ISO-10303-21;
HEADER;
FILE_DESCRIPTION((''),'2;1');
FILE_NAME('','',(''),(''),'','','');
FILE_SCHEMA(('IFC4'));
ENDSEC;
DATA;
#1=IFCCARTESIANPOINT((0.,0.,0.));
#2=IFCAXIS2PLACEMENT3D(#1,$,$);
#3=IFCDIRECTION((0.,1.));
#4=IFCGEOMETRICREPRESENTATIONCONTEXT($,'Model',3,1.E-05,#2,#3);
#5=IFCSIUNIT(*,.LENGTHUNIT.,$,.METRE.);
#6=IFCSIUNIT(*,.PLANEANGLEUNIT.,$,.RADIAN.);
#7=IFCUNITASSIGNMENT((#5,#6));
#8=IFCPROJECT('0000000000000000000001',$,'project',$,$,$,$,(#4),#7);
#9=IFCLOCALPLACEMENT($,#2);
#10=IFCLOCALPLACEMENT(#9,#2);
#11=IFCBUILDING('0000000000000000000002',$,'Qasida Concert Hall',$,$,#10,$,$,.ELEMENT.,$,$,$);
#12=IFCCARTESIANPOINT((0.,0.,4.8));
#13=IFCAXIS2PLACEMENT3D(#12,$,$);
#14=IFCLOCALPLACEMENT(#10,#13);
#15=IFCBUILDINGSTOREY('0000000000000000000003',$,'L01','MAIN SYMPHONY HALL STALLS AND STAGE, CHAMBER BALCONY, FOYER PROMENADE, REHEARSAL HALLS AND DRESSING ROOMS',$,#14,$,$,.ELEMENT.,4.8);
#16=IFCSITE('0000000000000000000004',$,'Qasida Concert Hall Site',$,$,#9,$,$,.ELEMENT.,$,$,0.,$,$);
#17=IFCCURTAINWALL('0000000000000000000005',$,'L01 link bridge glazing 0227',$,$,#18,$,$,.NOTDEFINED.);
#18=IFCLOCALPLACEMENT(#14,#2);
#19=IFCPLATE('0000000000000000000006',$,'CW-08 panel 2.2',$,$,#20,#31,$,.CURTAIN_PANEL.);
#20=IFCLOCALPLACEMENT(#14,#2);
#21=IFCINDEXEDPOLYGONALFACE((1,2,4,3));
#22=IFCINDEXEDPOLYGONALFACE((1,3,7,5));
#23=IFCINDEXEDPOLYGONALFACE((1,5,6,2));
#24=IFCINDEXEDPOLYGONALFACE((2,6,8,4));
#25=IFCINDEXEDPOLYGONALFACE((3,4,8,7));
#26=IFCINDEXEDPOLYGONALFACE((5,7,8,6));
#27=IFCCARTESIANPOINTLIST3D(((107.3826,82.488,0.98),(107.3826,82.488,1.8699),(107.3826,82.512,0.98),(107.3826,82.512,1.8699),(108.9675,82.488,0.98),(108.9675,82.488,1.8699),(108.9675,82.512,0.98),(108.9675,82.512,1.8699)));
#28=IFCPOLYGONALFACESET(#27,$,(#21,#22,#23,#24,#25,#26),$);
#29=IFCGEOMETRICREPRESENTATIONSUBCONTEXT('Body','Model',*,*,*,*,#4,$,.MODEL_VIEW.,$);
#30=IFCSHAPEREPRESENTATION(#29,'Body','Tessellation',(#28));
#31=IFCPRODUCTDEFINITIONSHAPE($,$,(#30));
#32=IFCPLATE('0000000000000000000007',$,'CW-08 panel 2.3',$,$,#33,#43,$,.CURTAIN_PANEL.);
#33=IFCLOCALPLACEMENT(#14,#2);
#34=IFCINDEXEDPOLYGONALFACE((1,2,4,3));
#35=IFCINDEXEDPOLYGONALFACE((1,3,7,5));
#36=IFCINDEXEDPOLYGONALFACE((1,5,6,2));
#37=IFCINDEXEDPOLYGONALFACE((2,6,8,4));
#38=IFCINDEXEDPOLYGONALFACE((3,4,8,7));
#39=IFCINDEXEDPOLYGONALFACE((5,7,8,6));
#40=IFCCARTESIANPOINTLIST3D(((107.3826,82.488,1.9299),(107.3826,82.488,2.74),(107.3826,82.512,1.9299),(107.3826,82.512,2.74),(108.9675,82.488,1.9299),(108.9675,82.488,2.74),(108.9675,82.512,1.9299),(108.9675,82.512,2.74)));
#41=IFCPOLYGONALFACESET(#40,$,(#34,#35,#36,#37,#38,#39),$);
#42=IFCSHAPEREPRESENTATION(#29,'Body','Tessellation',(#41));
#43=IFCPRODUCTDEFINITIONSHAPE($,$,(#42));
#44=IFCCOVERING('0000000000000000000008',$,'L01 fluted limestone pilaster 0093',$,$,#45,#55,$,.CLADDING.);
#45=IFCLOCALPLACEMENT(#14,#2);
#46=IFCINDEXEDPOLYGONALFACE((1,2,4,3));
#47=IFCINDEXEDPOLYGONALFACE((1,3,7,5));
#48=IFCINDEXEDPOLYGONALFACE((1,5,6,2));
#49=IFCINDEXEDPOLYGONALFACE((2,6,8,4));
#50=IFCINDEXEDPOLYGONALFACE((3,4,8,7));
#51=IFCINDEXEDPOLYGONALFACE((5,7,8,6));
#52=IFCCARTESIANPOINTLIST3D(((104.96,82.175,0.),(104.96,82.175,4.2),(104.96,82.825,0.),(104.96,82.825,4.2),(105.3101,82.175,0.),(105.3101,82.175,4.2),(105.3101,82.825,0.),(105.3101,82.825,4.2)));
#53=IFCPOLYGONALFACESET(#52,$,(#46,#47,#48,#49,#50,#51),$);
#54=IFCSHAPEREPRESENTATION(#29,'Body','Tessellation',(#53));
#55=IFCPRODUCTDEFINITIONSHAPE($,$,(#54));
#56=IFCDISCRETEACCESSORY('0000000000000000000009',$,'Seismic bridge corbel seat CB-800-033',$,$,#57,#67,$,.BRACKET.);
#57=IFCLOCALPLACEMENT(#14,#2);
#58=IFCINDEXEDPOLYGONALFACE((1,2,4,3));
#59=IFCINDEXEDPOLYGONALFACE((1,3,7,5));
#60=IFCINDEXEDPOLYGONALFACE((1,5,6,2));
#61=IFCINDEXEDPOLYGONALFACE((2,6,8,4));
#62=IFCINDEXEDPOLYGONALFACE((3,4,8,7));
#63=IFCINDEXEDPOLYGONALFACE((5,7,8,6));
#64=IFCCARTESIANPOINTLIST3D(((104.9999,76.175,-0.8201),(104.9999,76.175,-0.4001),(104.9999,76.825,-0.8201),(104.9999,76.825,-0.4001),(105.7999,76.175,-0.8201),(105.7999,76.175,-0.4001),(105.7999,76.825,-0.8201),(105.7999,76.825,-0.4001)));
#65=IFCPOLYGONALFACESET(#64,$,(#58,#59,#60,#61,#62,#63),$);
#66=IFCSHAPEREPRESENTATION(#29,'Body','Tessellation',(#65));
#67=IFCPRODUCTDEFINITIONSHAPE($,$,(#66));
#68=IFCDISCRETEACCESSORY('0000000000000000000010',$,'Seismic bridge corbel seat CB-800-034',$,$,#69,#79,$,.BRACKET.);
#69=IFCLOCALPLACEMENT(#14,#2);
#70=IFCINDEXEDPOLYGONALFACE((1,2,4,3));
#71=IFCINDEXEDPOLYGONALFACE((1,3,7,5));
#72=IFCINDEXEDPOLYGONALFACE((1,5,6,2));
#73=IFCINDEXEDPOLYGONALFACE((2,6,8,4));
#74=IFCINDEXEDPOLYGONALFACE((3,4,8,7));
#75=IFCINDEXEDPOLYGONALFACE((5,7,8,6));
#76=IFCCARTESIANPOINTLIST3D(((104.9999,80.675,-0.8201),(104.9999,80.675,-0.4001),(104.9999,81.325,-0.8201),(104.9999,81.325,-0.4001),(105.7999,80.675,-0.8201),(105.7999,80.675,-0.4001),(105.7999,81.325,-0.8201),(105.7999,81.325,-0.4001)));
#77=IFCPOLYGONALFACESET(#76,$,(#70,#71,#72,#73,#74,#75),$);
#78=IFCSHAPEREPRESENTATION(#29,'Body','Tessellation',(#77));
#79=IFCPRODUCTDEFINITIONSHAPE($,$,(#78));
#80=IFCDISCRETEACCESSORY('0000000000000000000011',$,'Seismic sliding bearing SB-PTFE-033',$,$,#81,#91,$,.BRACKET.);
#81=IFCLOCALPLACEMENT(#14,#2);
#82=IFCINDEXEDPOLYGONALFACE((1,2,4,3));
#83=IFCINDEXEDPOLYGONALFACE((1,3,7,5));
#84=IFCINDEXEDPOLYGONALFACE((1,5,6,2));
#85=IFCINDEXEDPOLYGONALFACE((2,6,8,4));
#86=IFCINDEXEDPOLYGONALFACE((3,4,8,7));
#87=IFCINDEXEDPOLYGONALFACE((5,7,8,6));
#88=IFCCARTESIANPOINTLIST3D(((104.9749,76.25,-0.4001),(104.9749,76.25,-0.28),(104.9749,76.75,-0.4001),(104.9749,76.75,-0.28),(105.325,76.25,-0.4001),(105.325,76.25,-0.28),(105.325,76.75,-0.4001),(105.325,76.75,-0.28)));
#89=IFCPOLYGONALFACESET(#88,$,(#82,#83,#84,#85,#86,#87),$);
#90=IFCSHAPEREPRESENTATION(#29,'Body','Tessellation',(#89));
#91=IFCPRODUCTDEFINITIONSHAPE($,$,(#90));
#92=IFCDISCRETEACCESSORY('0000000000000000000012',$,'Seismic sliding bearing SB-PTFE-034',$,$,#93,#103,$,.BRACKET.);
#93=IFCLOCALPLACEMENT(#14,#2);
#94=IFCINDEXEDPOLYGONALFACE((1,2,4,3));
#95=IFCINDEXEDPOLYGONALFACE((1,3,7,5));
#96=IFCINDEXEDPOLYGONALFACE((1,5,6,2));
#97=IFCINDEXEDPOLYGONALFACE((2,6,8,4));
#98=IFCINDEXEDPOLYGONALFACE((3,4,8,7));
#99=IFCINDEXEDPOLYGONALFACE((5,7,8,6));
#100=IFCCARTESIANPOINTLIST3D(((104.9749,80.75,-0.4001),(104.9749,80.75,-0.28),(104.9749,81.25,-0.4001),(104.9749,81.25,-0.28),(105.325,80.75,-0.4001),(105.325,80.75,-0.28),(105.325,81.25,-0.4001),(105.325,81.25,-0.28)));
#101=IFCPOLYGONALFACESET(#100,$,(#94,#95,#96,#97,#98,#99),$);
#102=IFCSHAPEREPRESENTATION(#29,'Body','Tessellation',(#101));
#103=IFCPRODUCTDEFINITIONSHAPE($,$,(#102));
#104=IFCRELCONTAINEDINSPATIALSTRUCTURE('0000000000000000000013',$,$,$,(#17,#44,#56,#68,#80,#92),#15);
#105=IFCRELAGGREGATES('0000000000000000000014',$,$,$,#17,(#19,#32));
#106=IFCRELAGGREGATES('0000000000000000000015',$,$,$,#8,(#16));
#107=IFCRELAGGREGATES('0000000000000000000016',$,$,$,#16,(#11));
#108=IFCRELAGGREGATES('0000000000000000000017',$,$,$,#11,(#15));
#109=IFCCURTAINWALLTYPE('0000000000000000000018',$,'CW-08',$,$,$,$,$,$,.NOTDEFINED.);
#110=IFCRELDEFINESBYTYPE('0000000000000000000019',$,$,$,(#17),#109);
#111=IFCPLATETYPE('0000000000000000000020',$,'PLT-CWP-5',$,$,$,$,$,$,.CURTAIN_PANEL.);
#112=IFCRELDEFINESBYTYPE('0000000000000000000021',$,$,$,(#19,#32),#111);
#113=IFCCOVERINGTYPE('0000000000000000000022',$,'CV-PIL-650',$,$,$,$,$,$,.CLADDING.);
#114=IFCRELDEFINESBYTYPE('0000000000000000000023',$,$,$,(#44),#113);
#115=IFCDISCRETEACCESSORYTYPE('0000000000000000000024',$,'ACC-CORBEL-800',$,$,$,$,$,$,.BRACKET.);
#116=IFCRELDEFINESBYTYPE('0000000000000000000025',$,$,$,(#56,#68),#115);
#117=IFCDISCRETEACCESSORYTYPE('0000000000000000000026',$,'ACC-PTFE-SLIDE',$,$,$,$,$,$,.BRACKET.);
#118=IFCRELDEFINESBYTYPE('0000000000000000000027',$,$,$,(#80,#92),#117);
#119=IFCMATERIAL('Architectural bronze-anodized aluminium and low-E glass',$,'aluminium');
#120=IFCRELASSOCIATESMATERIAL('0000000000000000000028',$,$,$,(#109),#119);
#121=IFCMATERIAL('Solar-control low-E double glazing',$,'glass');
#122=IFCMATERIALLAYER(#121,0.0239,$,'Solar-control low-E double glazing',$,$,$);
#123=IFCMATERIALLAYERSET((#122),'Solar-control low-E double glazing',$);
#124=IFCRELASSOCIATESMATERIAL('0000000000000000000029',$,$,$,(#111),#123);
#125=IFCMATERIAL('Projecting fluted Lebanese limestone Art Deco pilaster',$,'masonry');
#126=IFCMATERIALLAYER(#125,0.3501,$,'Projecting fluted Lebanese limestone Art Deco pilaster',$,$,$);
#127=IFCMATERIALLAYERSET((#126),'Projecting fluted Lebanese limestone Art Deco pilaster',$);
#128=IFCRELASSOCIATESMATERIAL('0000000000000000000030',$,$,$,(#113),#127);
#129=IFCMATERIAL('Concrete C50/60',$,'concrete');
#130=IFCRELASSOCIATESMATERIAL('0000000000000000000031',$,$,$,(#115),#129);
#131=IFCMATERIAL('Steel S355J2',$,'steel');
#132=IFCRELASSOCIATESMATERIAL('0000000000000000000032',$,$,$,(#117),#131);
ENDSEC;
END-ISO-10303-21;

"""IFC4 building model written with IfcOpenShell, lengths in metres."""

from ifc_helpers import new_model, si_unit, direction, frame, origin, origin_2d, place, context, subcontext, project, spatial, rectangle, extrude, material, layer, layer_set, type_object, element, aggregate, save


model = new_model("IFC4")

# Units and contexts
model_context = context("Model", 3, precision=1e-05, world=origin(), true_north=direction((0.0, 1.0)))
body_context = subcontext(model_context, "Body", "Model", "MODEL_VIEW")
ifc_project = project(units=[si_unit("LENGTHUNIT", "METRE"), si_unit("PLANEANGLEUNIT", "RADIAN")], contexts=[model_context])

# Site, building, storey
site_placement = place(None, origin())
site = spatial("IfcSite", under=ifc_project, at=site_placement, Name="Qasida Concert Hall Site", CompositionType="ELEMENT", RefElevation=0.0)
building_placement = place(site_placement, origin())
building = spatial("IfcBuilding", under=site, at=building_placement, Name="Qasida Concert Hall", CompositionType="ELEMENT")
storey_placement = place(building_placement, frame((0.0, 0.0, 4.8)))
storey = spatial("IfcBuildingStorey", under=building, at=storey_placement, Name="L01", Description="MAIN SYMPHONY HALL STALLS AND STAGE, CHAMBER BALCONY, FOYER PROMENADE, REHEARSAL HALLS AND DRESSING ROOMS", CompositionType="ELEMENT", Elevation=4.8)

# Shared definitions
ifc_material_1 = material(Name="Concrete C50/60", Category="concrete")

# Curtain wall, plates
ifc_material_2 = material(Name="Architectural bronze-anodized aluminium and low-E glass", Category="aluminium")
curtain_wall_type = type_object("IfcCurtainWallType", Name="CW-08", PredefinedType="NOTDEFINED", material=ifc_material_2)
curtain_wall_placement = place(storey_placement, origin())
curtain_wall = element("IfcCurtainWall", 1, at=curtain_wall_placement, inside=storey, type_object=curtain_wall_type, Name="L01 link bridge glazing 0227", PredefinedType="NOTDEFINED")
ifc_material_3 = material(Name="Solar-control low-E double glazing", Category="glass")
ifc_layer_1 = layer(ifc_material_3, 0.0239, Name="Solar-control low-E double glazing")
ifc_layer_set_1 = layer_set([ifc_layer_1], Name="Solar-control low-E double glazing")
plate_type = type_object("IfcPlateType", Name="PLT-CWP-5", PredefinedType="CURTAIN_PANEL", material=ifc_layer_set_1)
plate_1_placement = place(storey_placement, frame((108.175, 82.5, 0.98), z_axis=(0.0, 0.0, 1.0), x_axis=(1.0, 0.0, 0.0)))
plate_1 = element("IfcPlate", 2, at=plate_1_placement, type_object=plate_type, Name="CW-08 panel 2.2", PredefinedType="CURTAIN_PANEL", context=body_context, shape_type="SweptSolid", body=[
    extrude(rectangle(XDim=1.585, YDim=0.0239, at=origin_2d()), origin(), (0.0, 0.0, 1.0), 0.8899),
])
plate_2_placement = place(storey_placement, frame((108.175, 82.5, 1.9299), z_axis=(0.0, 0.0, 1.0), x_axis=(1.0, 0.0, 0.0)))
plate_2 = element("IfcPlate", 3, at=plate_2_placement, type_object=plate_type, Name="CW-08 panel 2.3", PredefinedType="CURTAIN_PANEL", context=body_context, shape_type="SweptSolid", body=[
    extrude(rectangle(XDim=1.585, YDim=0.0239, at=origin_2d()), origin(), (0.0, 0.0, 1.0), 0.8101),
])
aggregate(curtain_wall, [plate_1, plate_2])

# Covering
ifc_material_4 = material(Name="Projecting fluted Lebanese limestone Art Deco pilaster", Category="masonry")
ifc_layer_2 = layer(ifc_material_4, 0.3501, Name="Projecting fluted Lebanese limestone Art Deco pilaster")
ifc_layer_set_2 = layer_set([ifc_layer_2], Name="Projecting fluted Lebanese limestone Art Deco pilaster")
covering_type = type_object("IfcCoveringType", Name="CV-PIL-650", PredefinedType="CLADDING", material=ifc_layer_set_2)
covering_placement = place(storey_placement, frame((105.135, 82.5, 0.0), z_axis=(0.0, 0.0, 1.0), x_axis=(1.0, 0.0, 0.0)))
element("IfcCovering", 4, at=covering_placement, inside=storey, type_object=covering_type, Name="L01 fluted limestone pilaster 0093", PredefinedType="CLADDING", context=body_context, shape_type="SweptSolid", body=[
    extrude(rectangle(XDim=0.3501, YDim=0.6499, at=origin_2d()), origin(), (0.0, 0.0, 1.0), 4.2),
])

# Discrete accessories
discrete_accessory_type_1 = type_object("IfcDiscreteAccessoryType", Name="ACC-CORBEL-800", PredefinedType="BRACKET", material=ifc_material_1)
for number, where, z_axis, x_axis, name in (
    (5, (105.3999, 76.5, -0.8201), (0.0, 0.0, 1.0), (1.0, 0.0, 0.0), "Seismic bridge corbel seat CB-800-033"),
    (6, (105.3999, 81.0, -0.8201), (0.0, 0.0, 1.0), (1.0, 0.0, 0.0), "Seismic bridge corbel seat CB-800-034"),
):
    element("IfcDiscreteAccessory", number, at=place(storey_placement, frame(where, z_axis=z_axis, x_axis=x_axis)), inside=storey, type_object=discrete_accessory_type_1, Name=name, PredefinedType="BRACKET", context=body_context, shape_type="SweptSolid", body=[
        extrude(rectangle(XDim=0.8, YDim=0.6499, at=origin_2d()), origin(), (0.0, 0.0, 1.0), 0.4199),
    ])
ifc_material_5 = material(Name="Steel S355J2", Category="steel")
discrete_accessory_type_2 = type_object("IfcDiscreteAccessoryType", Name="ACC-PTFE-SLIDE", PredefinedType="BRACKET", material=ifc_material_5)
for number, where, z_axis, x_axis, name in (
    (7, (105.1499, 76.5, -0.4001), (0.0, 0.0, 1.0), (1.0, 0.0, 0.0), "Seismic sliding bearing SB-PTFE-033"),
    (8, (105.1499, 81.0, -0.4001), (0.0, 0.0, 1.0), (1.0, 0.0, 0.0), "Seismic sliding bearing SB-PTFE-034"),
):
    element("IfcDiscreteAccessory", number, at=place(storey_placement, frame(where, z_axis=z_axis, x_axis=x_axis)), inside=storey, type_object=discrete_accessory_type_2, Name=name, PredefinedType="BRACKET", context=body_context, shape_type="SweptSolid", body=[
        extrude(rectangle(XDim=0.3501, YDim=0.5, at=origin_2d()), origin(), (0.0, 0.0, 1.0), 0.1201),
    ])

save(model, "model.ifc")
